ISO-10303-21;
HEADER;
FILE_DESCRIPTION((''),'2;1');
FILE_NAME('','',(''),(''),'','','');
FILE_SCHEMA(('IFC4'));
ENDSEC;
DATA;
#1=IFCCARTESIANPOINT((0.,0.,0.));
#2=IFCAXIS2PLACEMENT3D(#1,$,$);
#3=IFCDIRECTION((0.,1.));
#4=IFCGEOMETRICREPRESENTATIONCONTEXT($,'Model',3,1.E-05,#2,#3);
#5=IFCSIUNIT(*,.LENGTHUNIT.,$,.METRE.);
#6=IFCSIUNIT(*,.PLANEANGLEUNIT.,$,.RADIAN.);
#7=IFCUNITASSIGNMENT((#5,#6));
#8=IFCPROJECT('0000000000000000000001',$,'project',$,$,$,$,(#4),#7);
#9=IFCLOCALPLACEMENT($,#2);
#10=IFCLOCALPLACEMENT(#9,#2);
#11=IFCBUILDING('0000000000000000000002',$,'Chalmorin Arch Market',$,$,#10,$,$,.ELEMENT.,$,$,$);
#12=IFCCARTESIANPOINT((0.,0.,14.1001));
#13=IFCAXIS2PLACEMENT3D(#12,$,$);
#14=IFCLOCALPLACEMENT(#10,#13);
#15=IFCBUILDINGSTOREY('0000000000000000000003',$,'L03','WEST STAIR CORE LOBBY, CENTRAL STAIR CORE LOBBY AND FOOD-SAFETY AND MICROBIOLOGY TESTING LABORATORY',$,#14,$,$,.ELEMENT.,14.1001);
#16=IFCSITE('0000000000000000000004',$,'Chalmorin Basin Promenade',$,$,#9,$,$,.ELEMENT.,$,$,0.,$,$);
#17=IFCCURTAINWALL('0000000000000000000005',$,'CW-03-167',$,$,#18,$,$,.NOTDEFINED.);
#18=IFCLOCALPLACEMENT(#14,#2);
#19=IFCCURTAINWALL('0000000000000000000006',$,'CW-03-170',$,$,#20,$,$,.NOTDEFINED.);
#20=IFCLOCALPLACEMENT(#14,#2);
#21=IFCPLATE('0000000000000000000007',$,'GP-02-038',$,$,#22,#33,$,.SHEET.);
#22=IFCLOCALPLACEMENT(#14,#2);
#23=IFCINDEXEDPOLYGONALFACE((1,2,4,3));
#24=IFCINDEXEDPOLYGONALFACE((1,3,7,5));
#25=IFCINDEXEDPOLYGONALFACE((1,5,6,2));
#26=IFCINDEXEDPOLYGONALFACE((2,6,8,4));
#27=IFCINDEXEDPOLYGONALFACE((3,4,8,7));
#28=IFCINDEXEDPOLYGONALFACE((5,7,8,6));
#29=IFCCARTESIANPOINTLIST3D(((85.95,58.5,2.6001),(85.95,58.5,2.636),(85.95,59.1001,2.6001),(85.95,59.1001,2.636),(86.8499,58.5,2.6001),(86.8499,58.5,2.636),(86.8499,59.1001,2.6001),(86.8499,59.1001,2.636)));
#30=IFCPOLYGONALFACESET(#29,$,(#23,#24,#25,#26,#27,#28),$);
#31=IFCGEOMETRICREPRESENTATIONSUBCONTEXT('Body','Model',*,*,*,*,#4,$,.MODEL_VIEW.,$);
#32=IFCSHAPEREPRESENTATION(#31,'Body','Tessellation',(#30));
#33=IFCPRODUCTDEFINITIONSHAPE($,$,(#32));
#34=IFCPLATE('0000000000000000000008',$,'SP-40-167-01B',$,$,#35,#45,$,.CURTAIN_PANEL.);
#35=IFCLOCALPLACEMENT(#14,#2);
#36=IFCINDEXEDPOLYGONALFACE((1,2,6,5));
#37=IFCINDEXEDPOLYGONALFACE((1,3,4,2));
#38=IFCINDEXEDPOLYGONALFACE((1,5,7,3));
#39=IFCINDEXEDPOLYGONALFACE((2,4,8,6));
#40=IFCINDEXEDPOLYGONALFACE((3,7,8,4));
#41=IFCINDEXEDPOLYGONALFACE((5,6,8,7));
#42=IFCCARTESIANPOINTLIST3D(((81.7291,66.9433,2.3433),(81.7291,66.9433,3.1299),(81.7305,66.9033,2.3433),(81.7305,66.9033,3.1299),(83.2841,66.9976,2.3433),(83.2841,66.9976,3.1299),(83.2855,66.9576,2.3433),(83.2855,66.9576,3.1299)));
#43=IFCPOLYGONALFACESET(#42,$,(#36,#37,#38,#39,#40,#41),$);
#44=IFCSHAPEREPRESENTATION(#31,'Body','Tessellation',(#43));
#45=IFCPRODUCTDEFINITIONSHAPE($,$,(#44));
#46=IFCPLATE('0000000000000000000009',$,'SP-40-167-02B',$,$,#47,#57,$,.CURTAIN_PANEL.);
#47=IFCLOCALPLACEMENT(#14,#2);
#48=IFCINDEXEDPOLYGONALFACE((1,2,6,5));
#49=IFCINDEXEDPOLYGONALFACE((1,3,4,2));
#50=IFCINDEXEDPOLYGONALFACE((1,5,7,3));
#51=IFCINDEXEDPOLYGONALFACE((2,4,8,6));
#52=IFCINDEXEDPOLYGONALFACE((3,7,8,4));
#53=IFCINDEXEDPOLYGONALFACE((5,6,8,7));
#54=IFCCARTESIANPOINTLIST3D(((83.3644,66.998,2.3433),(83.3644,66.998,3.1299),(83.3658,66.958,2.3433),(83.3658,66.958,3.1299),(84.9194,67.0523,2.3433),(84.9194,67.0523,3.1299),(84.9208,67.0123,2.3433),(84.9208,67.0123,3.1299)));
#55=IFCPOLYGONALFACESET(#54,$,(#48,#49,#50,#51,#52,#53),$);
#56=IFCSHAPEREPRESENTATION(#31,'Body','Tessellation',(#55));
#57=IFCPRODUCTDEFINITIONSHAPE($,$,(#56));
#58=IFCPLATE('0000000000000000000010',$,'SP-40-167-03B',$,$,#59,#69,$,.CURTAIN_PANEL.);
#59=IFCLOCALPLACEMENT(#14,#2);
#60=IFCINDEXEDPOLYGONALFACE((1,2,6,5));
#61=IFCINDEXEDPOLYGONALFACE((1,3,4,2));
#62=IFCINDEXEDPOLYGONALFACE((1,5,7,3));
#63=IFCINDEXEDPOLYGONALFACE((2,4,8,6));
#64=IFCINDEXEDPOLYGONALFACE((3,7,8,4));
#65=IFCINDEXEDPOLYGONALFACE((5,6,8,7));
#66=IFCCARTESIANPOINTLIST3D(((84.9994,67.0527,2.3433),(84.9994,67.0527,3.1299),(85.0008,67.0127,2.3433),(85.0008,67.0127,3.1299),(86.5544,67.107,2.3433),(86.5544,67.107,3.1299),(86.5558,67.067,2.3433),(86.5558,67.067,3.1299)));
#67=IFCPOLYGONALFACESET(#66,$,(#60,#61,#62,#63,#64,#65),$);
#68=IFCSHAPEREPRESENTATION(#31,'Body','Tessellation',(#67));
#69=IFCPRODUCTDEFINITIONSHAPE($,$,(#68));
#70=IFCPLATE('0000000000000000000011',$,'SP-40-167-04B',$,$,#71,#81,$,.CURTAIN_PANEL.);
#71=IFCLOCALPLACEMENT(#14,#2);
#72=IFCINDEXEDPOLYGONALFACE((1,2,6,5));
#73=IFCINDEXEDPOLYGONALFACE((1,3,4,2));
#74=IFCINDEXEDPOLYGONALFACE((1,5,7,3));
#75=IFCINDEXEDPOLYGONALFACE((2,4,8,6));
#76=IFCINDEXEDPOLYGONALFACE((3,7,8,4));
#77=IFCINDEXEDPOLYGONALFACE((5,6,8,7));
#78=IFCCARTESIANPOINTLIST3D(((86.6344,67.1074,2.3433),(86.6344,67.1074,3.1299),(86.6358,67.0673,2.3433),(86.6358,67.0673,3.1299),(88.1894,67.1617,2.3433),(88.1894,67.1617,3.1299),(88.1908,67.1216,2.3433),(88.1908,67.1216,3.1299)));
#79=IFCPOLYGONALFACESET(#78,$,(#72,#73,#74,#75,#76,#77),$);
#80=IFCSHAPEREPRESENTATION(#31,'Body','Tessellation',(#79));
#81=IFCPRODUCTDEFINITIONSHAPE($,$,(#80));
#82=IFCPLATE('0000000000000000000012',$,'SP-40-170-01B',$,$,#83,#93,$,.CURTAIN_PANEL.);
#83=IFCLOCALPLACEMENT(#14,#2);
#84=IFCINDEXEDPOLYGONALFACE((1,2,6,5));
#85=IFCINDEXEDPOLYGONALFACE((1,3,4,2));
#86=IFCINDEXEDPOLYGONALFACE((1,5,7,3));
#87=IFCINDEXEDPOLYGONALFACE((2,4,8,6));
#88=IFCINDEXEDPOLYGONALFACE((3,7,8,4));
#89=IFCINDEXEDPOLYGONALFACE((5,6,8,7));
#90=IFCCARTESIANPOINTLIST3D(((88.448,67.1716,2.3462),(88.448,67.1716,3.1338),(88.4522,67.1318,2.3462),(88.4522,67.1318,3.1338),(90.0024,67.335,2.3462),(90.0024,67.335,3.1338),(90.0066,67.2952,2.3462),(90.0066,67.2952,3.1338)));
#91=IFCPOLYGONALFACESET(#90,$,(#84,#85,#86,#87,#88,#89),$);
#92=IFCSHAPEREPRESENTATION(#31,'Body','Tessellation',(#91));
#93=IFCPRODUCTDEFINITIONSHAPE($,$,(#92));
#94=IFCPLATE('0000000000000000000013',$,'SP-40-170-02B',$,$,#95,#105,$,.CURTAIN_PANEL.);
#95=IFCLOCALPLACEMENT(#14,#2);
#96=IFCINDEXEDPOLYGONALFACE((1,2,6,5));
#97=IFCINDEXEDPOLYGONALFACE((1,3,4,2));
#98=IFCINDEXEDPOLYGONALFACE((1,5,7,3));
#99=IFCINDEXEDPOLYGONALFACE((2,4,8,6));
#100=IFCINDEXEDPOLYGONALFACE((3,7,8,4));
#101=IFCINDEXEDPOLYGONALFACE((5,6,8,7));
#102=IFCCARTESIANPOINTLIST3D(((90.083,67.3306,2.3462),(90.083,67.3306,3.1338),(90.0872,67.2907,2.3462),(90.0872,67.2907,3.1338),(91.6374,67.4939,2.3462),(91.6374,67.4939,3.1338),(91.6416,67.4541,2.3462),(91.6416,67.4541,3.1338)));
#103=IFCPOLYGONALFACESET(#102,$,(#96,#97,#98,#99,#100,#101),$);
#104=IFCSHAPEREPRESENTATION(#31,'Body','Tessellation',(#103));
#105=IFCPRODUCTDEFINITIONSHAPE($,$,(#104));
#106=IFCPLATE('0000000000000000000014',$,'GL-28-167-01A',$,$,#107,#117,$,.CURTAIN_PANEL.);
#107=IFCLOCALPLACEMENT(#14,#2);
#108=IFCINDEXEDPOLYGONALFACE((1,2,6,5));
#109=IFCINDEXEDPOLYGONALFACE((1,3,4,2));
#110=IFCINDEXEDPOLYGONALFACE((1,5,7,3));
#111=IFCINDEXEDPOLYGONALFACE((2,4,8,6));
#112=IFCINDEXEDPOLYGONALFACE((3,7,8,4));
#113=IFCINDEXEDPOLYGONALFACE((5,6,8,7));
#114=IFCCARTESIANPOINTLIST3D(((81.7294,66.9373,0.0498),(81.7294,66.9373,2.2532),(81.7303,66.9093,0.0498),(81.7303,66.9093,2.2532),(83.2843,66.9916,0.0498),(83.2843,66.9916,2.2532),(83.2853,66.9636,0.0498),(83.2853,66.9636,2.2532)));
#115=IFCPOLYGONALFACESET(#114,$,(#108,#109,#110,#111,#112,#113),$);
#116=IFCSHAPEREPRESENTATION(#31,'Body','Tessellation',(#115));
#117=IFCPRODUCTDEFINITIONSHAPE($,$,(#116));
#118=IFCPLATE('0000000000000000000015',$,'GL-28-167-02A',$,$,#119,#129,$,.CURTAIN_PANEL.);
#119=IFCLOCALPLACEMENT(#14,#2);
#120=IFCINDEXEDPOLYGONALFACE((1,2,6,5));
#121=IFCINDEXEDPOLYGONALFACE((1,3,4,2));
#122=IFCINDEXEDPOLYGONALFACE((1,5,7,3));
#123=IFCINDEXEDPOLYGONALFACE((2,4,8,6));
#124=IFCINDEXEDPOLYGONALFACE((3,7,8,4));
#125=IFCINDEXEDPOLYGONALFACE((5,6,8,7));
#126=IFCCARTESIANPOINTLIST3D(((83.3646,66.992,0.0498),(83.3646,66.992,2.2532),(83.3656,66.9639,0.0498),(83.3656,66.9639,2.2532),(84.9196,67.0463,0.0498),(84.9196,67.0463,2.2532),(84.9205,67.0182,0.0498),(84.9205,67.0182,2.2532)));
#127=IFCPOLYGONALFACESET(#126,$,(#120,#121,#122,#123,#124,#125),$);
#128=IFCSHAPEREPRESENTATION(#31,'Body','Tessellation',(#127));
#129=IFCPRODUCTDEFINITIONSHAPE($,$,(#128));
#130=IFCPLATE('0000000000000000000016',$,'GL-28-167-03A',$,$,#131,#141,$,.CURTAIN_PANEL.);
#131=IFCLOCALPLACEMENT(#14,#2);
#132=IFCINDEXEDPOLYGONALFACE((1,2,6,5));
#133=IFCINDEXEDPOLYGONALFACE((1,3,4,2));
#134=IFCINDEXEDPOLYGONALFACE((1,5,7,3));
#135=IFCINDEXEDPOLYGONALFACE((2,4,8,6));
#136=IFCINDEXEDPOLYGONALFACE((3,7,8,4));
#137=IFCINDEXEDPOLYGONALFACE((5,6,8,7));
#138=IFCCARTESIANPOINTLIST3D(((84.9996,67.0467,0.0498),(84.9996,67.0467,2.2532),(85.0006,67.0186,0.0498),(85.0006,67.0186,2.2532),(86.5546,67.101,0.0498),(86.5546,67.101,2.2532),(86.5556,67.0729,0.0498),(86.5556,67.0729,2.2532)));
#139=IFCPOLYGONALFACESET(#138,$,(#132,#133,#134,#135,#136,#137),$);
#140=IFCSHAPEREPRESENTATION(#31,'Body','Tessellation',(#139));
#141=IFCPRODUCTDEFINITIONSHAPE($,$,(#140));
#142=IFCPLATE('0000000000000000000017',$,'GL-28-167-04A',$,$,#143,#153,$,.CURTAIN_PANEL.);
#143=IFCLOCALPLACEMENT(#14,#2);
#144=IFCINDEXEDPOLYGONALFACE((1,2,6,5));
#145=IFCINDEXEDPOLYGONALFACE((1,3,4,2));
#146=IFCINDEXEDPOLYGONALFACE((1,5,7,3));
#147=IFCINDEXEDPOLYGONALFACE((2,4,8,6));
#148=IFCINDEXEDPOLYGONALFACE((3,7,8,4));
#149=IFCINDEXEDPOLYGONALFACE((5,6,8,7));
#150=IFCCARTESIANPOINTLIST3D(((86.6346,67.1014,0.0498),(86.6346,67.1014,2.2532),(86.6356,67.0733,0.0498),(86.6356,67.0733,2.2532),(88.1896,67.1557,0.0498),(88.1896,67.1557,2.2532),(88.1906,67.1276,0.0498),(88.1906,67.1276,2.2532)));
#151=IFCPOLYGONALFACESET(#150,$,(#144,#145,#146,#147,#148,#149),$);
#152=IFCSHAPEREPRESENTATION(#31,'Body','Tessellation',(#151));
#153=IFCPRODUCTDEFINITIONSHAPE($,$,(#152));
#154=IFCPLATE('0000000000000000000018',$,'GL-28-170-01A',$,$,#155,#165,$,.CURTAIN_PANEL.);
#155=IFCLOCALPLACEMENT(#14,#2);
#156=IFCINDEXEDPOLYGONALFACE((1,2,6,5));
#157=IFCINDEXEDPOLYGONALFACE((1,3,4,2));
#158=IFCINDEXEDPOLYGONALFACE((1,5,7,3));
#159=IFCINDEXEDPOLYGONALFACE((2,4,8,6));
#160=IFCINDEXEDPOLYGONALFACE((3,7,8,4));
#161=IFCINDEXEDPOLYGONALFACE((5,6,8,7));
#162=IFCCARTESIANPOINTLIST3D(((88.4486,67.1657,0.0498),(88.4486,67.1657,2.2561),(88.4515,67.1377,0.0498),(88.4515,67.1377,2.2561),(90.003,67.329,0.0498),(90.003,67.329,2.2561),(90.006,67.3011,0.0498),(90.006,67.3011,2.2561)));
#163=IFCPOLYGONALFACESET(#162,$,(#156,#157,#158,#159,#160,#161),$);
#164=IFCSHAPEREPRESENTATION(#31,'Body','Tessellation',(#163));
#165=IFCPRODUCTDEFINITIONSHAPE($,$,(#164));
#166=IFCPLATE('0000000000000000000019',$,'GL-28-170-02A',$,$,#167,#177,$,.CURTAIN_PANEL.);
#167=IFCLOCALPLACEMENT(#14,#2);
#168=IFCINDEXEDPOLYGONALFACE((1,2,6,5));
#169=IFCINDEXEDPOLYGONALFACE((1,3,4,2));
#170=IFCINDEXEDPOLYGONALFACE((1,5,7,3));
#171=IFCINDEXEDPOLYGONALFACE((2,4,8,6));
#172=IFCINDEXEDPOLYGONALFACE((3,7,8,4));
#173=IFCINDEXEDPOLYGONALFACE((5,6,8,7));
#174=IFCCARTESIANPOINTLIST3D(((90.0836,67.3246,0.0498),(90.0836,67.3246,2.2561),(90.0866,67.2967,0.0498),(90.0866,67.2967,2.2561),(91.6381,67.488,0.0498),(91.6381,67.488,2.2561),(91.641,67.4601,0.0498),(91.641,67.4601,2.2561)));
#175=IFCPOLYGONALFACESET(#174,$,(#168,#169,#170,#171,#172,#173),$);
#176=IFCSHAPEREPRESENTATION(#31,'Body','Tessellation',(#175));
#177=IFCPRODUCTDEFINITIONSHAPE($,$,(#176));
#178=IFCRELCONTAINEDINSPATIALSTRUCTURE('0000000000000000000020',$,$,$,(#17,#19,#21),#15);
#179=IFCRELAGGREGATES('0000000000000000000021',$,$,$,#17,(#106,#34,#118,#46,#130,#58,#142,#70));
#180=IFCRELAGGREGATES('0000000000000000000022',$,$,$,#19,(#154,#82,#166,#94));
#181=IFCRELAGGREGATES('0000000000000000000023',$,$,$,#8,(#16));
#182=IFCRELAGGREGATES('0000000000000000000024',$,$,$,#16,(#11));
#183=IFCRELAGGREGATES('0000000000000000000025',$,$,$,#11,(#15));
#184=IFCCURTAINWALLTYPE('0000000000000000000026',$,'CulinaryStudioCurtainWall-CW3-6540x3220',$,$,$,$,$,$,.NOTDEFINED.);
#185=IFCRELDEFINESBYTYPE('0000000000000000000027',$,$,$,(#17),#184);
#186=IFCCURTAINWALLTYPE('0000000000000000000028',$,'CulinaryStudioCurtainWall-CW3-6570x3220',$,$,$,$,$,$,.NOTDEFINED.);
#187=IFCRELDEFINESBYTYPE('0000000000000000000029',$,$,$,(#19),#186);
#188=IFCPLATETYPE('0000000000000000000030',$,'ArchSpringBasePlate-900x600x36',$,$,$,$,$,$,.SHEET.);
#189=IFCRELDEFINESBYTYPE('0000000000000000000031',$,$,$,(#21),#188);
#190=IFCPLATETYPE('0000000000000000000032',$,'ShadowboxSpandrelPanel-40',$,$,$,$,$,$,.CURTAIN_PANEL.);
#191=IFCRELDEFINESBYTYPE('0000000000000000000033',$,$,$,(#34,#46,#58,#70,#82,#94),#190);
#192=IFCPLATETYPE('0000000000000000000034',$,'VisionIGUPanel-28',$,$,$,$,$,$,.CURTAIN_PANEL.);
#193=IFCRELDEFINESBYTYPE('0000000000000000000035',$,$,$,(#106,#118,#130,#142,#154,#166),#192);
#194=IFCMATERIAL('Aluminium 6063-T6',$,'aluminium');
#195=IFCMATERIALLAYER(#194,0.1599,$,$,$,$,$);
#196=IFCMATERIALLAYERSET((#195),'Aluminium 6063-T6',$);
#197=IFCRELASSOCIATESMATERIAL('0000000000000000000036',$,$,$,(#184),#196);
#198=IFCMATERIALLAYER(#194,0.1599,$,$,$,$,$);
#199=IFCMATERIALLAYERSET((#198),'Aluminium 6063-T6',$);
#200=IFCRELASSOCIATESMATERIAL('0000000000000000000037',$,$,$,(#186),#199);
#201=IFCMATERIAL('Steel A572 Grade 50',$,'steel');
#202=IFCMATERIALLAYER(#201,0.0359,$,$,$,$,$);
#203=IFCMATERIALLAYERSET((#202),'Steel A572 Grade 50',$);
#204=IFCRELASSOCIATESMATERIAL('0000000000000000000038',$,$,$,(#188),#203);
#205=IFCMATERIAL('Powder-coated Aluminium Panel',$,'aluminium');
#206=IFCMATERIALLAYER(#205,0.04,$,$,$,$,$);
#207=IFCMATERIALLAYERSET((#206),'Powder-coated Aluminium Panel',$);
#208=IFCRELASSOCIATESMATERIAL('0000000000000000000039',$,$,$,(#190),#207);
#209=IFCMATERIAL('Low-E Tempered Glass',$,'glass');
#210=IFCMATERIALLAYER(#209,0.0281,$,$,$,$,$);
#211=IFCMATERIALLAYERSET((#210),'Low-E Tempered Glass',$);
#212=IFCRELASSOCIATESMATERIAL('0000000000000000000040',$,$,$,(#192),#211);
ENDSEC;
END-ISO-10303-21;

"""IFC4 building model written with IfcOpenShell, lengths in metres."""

from ifc_helpers import new_model, si_unit, direction, frame, origin, origin_2d, place, context, subcontext, project, spatial, rectangle, extrude, material, layer, layer_set, type_object, element, aggregate, save


model = new_model("IFC4")

# Units and contexts
model_context = context("Model", 3, precision=1e-05, world=origin(), true_north=direction((0.0, 1.0)))
body_context = subcontext(model_context, "Body", "Model", "MODEL_VIEW")
ifc_project = project(units=[si_unit("LENGTHUNIT", "METRE"), si_unit("PLANEANGLEUNIT", "RADIAN")], contexts=[model_context])

# Site, building, storey
site_placement = place(None, origin())
site = spatial("IfcSite", under=ifc_project, at=site_placement, Name="Chalmorin Basin Promenade", CompositionType="ELEMENT", RefElevation=0.0)
building_placement = place(site_placement, origin())
building = spatial("IfcBuilding", under=site, at=building_placement, Name="Chalmorin Arch Market", CompositionType="ELEMENT")
storey_placement = place(building_placement, frame((0.0, 0.0, 14.1001)))
storey = spatial("IfcBuildingStorey", under=building, at=storey_placement, Name="L03", Description="WEST STAIR CORE LOBBY, CENTRAL STAIR CORE LOBBY AND FOOD-SAFETY AND MICROBIOLOGY TESTING LABORATORY", CompositionType="ELEMENT", Elevation=14.1001)

# Curtain walls
ifc_material_1 = material(Name="Aluminium 6063-T6", Category="aluminium")
ifc_layer_1 = layer(ifc_material_1, 0.1599)
ifc_layer_set_1 = layer_set([ifc_layer_1], Name="Aluminium 6063-T6")
curtain_wall_type_1 = type_object("IfcCurtainWallType", Name="CulinaryStudioCurtainWall-CW3-6540x3220", PredefinedType="NOTDEFINED", material=ifc_layer_set_1)
curtain_wall_1_placement = place(storey_placement, origin())
curtain_wall_1 = element("IfcCurtainWall", 1, at=curtain_wall_1_placement, inside=storey, type_object=curtain_wall_type_1, Name="CW-03-167", PredefinedType="NOTDEFINED")
ifc_layer_2 = layer(ifc_material_1, 0.1599)
ifc_layer_set_2 = layer_set([ifc_layer_2], Name="Aluminium 6063-T6")
curtain_wall_type_2 = type_object("IfcCurtainWallType", Name="CulinaryStudioCurtainWall-CW3-6570x3220", PredefinedType="NOTDEFINED", material=ifc_layer_set_2)
curtain_wall_2_placement = place(storey_placement, origin())
curtain_wall_2 = element("IfcCurtainWall", 2, at=curtain_wall_2_placement, inside=storey, type_object=curtain_wall_type_2, Name="CW-03-170", PredefinedType="NOTDEFINED")

# Plates
ifc_material_2 = material(Name="Steel A572 Grade 50", Category="steel")
ifc_layer_3 = layer(ifc_material_2, 0.0359)
ifc_layer_set_3 = layer_set([ifc_layer_3], Name="Steel A572 Grade 50")
plate_type_1 = type_object("IfcPlateType", Name="ArchSpringBasePlate-900x600x36", PredefinedType="SHEET", material=ifc_layer_set_3)
plate_1_placement = place(storey_placement, frame((86.3999, 58.8, 2.6001), z_axis=(0.0, 0.0, 1.0), x_axis=(1.0, 0.0, 0.0)))
element("IfcPlate", 3, at=plate_1_placement, inside=storey, type_object=plate_type_1, Name="GP-02-038", PredefinedType="SHEET", context=body_context, shape_type="SweptSolid", body=[
    extrude(rectangle(XDim=0.8999, YDim=0.6001, at=origin_2d()), origin(), (0.0, 0.0, 1.0), 0.0359),
])
ifc_material_3 = material(Name="Powder-coated Aluminium Panel", Category="aluminium")
ifc_layer_4 = layer(ifc_material_3, 0.04)
ifc_layer_set_4 = layer_set([ifc_layer_4], Name="Powder-coated Aluminium Panel")
plate_type_2 = type_object("IfcPlateType", Name="ShadowboxSpandrelPanel-40", PredefinedType="CURTAIN_PANEL", material=ifc_layer_set_4)
plate_2_placement = place(storey_placement, frame((82.5073, 66.9504, 2.3433), z_axis=(0.0, 0.0, 1.0), x_axis=(0.999391, 0.034899, 0.0)))
plate_2 = element("IfcPlate", 4, at=plate_2_placement, type_object=plate_type_2, Name="SP-40-167-01B", PredefinedType="CURTAIN_PANEL", context=body_context, shape_type="SweptSolid", body=[
    extrude(rectangle(XDim=1.5559, YDim=0.04, at=origin_2d()), origin(), (0.0, 0.0, 1.0), 0.7866),
])
plate_3_placement = place(storey_placement, frame((84.1426, 67.0051, 2.3433), z_axis=(0.0, 0.0, 1.0), x_axis=(0.999391, 0.034899, 0.0)))
plate_3 = element("IfcPlate", 5, at=plate_3_placement, type_object=plate_type_2, Name="SP-40-167-02B", PredefinedType="CURTAIN_PANEL", context=body_context, shape_type="SweptSolid", body=[
    extrude(rectangle(XDim=1.5559, YDim=0.04, at=origin_2d()), origin(), (0.0, 0.0, 1.0), 0.7866),
])
plate_4_placement = place(storey_placement, frame((85.7776, 67.0598, 2.3433), z_axis=(0.0, 0.0, 1.0), x_axis=(0.999391, 0.034899, 0.0)))
plate_4 = element("IfcPlate", 6, at=plate_4_placement, type_object=plate_type_2, Name="SP-40-167-03B", PredefinedType="CURTAIN_PANEL", context=body_context, shape_type="SweptSolid", body=[
    extrude(rectangle(XDim=1.5559, YDim=0.04, at=origin_2d()), origin(), (0.0, 0.0, 1.0), 0.7866),
])
plate_5_placement = place(storey_placement, frame((87.4126, 67.1145, 2.3433), z_axis=(0.0, 0.0, 1.0), x_axis=(0.999391, 0.034899, 0.0)))
plate_5 = element("IfcPlate", 7, at=plate_5_placement, type_object=plate_type_2, Name="SP-40-167-04B", PredefinedType="CURTAIN_PANEL", context=body_context, shape_type="SweptSolid", body=[
    extrude(rectangle(XDim=1.5559, YDim=0.04, at=origin_2d()), origin(), (0.0, 0.0, 1.0), 0.7866),
])
plate_6_placement = place(storey_placement, frame((89.2273, 67.2334, 2.3462), z_axis=(0.0, 0.0, 1.0), x_axis=(0.994522, 0.104528, 0.0)))
plate_6 = element("IfcPlate", 8, at=plate_6_placement, type_object=plate_type_2, Name="SP-40-170-01B", PredefinedType="CURTAIN_PANEL", context=body_context, shape_type="SweptSolid", body=[
    extrude(rectangle(XDim=1.563, YDim=0.04, at=origin_2d()), origin(), (0.0, 0.0, 1.0), 0.7876),
])
plate_7_placement = place(storey_placement, frame((90.8623, 67.3923, 2.3462), z_axis=(0.0, 0.0, 1.0), x_axis=(0.994522, 0.104528, 0.0)))
plate_7 = element("IfcPlate", 9, at=plate_7_placement, type_object=plate_type_2, Name="SP-40-170-02B", PredefinedType="CURTAIN_PANEL", context=body_context, shape_type="SweptSolid", body=[
    extrude(rectangle(XDim=1.563, YDim=0.04, at=origin_2d()), origin(), (0.0, 0.0, 1.0), 0.7876),
])
ifc_material_4 = material(Name="Low-E Tempered Glass", Category="glass")
ifc_layer_5 = layer(ifc_material_4, 0.0281)
ifc_layer_set_5 = layer_set([ifc_layer_5], Name="Low-E Tempered Glass")
plate_type_3 = type_object("IfcPlateType", Name="VisionIGUPanel-28", PredefinedType="CURTAIN_PANEL", material=ifc_layer_set_5)
plate_8_placement = place(storey_placement, frame((82.5073, 66.9504, 0.0498), z_axis=(0.0, 0.0, 1.0), x_axis=(0.999391, 0.034899, 0.0)))
plate_8 = element("IfcPlate", 10, at=plate_8_placement, type_object=plate_type_3, Name="GL-28-167-01A", PredefinedType="CURTAIN_PANEL", context=body_context, shape_type="SweptSolid", body=[
    extrude(rectangle(XDim=1.5559, YDim=0.0281, at=origin_2d()), origin(), (0.0, 0.0, 1.0), 2.2034),
])
plate_9_placement = place(storey_placement, frame((84.1426, 67.0051, 0.0498), z_axis=(0.0, 0.0, 1.0), x_axis=(0.999391, 0.034899, 0.0)))
plate_9 = element("IfcPlate", 11, at=plate_9_placement, type_object=plate_type_3, Name="GL-28-167-02A", PredefinedType="CURTAIN_PANEL", context=body_context, shape_type="SweptSolid", body=[
    extrude(rectangle(XDim=1.5559, YDim=0.0281, at=origin_2d()), origin(), (0.0, 0.0, 1.0), 2.2034),
])
plate_10_placement = place(storey_placement, frame((85.7776, 67.0598, 0.0498), z_axis=(0.0, 0.0, 1.0), x_axis=(0.999391, 0.034899, 0.0)))
plate_10 = element("IfcPlate", 12, at=plate_10_placement, type_object=plate_type_3, Name="GL-28-167-03A", PredefinedType="CURTAIN_PANEL", context=body_context, shape_type="SweptSolid", body=[
    extrude(rectangle(XDim=1.5559, YDim=0.0281, at=origin_2d()), origin(), (0.0, 0.0, 1.0), 2.2034),
])
plate_11_placement = place(storey_placement, frame((87.4126, 67.1145, 0.0498), z_axis=(0.0, 0.0, 1.0), x_axis=(0.999391, 0.034899, 0.0)))
plate_11 = element("IfcPlate", 13, at=plate_11_placement, type_object=plate_type_3, Name="GL-28-167-04A", PredefinedType="CURTAIN_PANEL", context=body_context, shape_type="SweptSolid", body=[
    extrude(rectangle(XDim=1.5559, YDim=0.0281, at=origin_2d()), origin(), (0.0, 0.0, 1.0), 2.2034),
])
aggregate(curtain_wall_1, [plate_8, plate_2, plate_9, plate_3, plate_10, plate_4, plate_11, plate_5])
plate_12_placement = place(storey_placement, frame((89.2273, 67.2334, 0.0498), z_axis=(0.0, 0.0, 1.0), x_axis=(0.994522, 0.104528, 0.0)))
plate_12 = element("IfcPlate", 14, at=plate_12_placement, type_object=plate_type_3, Name="GL-28-170-01A", PredefinedType="CURTAIN_PANEL", context=body_context, shape_type="SweptSolid", body=[
    extrude(rectangle(XDim=1.563, YDim=0.0281, at=origin_2d()), origin(), (0.0, 0.0, 1.0), 2.2063),
])
plate_13_placement = place(storey_placement, frame((90.8623, 67.3923, 0.0498), z_axis=(0.0, 0.0, 1.0), x_axis=(0.994522, 0.104528, 0.0)))
plate_13 = element("IfcPlate", 15, at=plate_13_placement, type_object=plate_type_3, Name="GL-28-170-02A", PredefinedType="CURTAIN_PANEL", context=body_context, shape_type="SweptSolid", body=[
    extrude(rectangle(XDim=1.563, YDim=0.0281, at=origin_2d()), origin(), (0.0, 0.0, 1.0), 2.2063),
])
aggregate(curtain_wall_2, [plate_12, plate_6, plate_13, plate_7])

save(model, "model.ifc")
